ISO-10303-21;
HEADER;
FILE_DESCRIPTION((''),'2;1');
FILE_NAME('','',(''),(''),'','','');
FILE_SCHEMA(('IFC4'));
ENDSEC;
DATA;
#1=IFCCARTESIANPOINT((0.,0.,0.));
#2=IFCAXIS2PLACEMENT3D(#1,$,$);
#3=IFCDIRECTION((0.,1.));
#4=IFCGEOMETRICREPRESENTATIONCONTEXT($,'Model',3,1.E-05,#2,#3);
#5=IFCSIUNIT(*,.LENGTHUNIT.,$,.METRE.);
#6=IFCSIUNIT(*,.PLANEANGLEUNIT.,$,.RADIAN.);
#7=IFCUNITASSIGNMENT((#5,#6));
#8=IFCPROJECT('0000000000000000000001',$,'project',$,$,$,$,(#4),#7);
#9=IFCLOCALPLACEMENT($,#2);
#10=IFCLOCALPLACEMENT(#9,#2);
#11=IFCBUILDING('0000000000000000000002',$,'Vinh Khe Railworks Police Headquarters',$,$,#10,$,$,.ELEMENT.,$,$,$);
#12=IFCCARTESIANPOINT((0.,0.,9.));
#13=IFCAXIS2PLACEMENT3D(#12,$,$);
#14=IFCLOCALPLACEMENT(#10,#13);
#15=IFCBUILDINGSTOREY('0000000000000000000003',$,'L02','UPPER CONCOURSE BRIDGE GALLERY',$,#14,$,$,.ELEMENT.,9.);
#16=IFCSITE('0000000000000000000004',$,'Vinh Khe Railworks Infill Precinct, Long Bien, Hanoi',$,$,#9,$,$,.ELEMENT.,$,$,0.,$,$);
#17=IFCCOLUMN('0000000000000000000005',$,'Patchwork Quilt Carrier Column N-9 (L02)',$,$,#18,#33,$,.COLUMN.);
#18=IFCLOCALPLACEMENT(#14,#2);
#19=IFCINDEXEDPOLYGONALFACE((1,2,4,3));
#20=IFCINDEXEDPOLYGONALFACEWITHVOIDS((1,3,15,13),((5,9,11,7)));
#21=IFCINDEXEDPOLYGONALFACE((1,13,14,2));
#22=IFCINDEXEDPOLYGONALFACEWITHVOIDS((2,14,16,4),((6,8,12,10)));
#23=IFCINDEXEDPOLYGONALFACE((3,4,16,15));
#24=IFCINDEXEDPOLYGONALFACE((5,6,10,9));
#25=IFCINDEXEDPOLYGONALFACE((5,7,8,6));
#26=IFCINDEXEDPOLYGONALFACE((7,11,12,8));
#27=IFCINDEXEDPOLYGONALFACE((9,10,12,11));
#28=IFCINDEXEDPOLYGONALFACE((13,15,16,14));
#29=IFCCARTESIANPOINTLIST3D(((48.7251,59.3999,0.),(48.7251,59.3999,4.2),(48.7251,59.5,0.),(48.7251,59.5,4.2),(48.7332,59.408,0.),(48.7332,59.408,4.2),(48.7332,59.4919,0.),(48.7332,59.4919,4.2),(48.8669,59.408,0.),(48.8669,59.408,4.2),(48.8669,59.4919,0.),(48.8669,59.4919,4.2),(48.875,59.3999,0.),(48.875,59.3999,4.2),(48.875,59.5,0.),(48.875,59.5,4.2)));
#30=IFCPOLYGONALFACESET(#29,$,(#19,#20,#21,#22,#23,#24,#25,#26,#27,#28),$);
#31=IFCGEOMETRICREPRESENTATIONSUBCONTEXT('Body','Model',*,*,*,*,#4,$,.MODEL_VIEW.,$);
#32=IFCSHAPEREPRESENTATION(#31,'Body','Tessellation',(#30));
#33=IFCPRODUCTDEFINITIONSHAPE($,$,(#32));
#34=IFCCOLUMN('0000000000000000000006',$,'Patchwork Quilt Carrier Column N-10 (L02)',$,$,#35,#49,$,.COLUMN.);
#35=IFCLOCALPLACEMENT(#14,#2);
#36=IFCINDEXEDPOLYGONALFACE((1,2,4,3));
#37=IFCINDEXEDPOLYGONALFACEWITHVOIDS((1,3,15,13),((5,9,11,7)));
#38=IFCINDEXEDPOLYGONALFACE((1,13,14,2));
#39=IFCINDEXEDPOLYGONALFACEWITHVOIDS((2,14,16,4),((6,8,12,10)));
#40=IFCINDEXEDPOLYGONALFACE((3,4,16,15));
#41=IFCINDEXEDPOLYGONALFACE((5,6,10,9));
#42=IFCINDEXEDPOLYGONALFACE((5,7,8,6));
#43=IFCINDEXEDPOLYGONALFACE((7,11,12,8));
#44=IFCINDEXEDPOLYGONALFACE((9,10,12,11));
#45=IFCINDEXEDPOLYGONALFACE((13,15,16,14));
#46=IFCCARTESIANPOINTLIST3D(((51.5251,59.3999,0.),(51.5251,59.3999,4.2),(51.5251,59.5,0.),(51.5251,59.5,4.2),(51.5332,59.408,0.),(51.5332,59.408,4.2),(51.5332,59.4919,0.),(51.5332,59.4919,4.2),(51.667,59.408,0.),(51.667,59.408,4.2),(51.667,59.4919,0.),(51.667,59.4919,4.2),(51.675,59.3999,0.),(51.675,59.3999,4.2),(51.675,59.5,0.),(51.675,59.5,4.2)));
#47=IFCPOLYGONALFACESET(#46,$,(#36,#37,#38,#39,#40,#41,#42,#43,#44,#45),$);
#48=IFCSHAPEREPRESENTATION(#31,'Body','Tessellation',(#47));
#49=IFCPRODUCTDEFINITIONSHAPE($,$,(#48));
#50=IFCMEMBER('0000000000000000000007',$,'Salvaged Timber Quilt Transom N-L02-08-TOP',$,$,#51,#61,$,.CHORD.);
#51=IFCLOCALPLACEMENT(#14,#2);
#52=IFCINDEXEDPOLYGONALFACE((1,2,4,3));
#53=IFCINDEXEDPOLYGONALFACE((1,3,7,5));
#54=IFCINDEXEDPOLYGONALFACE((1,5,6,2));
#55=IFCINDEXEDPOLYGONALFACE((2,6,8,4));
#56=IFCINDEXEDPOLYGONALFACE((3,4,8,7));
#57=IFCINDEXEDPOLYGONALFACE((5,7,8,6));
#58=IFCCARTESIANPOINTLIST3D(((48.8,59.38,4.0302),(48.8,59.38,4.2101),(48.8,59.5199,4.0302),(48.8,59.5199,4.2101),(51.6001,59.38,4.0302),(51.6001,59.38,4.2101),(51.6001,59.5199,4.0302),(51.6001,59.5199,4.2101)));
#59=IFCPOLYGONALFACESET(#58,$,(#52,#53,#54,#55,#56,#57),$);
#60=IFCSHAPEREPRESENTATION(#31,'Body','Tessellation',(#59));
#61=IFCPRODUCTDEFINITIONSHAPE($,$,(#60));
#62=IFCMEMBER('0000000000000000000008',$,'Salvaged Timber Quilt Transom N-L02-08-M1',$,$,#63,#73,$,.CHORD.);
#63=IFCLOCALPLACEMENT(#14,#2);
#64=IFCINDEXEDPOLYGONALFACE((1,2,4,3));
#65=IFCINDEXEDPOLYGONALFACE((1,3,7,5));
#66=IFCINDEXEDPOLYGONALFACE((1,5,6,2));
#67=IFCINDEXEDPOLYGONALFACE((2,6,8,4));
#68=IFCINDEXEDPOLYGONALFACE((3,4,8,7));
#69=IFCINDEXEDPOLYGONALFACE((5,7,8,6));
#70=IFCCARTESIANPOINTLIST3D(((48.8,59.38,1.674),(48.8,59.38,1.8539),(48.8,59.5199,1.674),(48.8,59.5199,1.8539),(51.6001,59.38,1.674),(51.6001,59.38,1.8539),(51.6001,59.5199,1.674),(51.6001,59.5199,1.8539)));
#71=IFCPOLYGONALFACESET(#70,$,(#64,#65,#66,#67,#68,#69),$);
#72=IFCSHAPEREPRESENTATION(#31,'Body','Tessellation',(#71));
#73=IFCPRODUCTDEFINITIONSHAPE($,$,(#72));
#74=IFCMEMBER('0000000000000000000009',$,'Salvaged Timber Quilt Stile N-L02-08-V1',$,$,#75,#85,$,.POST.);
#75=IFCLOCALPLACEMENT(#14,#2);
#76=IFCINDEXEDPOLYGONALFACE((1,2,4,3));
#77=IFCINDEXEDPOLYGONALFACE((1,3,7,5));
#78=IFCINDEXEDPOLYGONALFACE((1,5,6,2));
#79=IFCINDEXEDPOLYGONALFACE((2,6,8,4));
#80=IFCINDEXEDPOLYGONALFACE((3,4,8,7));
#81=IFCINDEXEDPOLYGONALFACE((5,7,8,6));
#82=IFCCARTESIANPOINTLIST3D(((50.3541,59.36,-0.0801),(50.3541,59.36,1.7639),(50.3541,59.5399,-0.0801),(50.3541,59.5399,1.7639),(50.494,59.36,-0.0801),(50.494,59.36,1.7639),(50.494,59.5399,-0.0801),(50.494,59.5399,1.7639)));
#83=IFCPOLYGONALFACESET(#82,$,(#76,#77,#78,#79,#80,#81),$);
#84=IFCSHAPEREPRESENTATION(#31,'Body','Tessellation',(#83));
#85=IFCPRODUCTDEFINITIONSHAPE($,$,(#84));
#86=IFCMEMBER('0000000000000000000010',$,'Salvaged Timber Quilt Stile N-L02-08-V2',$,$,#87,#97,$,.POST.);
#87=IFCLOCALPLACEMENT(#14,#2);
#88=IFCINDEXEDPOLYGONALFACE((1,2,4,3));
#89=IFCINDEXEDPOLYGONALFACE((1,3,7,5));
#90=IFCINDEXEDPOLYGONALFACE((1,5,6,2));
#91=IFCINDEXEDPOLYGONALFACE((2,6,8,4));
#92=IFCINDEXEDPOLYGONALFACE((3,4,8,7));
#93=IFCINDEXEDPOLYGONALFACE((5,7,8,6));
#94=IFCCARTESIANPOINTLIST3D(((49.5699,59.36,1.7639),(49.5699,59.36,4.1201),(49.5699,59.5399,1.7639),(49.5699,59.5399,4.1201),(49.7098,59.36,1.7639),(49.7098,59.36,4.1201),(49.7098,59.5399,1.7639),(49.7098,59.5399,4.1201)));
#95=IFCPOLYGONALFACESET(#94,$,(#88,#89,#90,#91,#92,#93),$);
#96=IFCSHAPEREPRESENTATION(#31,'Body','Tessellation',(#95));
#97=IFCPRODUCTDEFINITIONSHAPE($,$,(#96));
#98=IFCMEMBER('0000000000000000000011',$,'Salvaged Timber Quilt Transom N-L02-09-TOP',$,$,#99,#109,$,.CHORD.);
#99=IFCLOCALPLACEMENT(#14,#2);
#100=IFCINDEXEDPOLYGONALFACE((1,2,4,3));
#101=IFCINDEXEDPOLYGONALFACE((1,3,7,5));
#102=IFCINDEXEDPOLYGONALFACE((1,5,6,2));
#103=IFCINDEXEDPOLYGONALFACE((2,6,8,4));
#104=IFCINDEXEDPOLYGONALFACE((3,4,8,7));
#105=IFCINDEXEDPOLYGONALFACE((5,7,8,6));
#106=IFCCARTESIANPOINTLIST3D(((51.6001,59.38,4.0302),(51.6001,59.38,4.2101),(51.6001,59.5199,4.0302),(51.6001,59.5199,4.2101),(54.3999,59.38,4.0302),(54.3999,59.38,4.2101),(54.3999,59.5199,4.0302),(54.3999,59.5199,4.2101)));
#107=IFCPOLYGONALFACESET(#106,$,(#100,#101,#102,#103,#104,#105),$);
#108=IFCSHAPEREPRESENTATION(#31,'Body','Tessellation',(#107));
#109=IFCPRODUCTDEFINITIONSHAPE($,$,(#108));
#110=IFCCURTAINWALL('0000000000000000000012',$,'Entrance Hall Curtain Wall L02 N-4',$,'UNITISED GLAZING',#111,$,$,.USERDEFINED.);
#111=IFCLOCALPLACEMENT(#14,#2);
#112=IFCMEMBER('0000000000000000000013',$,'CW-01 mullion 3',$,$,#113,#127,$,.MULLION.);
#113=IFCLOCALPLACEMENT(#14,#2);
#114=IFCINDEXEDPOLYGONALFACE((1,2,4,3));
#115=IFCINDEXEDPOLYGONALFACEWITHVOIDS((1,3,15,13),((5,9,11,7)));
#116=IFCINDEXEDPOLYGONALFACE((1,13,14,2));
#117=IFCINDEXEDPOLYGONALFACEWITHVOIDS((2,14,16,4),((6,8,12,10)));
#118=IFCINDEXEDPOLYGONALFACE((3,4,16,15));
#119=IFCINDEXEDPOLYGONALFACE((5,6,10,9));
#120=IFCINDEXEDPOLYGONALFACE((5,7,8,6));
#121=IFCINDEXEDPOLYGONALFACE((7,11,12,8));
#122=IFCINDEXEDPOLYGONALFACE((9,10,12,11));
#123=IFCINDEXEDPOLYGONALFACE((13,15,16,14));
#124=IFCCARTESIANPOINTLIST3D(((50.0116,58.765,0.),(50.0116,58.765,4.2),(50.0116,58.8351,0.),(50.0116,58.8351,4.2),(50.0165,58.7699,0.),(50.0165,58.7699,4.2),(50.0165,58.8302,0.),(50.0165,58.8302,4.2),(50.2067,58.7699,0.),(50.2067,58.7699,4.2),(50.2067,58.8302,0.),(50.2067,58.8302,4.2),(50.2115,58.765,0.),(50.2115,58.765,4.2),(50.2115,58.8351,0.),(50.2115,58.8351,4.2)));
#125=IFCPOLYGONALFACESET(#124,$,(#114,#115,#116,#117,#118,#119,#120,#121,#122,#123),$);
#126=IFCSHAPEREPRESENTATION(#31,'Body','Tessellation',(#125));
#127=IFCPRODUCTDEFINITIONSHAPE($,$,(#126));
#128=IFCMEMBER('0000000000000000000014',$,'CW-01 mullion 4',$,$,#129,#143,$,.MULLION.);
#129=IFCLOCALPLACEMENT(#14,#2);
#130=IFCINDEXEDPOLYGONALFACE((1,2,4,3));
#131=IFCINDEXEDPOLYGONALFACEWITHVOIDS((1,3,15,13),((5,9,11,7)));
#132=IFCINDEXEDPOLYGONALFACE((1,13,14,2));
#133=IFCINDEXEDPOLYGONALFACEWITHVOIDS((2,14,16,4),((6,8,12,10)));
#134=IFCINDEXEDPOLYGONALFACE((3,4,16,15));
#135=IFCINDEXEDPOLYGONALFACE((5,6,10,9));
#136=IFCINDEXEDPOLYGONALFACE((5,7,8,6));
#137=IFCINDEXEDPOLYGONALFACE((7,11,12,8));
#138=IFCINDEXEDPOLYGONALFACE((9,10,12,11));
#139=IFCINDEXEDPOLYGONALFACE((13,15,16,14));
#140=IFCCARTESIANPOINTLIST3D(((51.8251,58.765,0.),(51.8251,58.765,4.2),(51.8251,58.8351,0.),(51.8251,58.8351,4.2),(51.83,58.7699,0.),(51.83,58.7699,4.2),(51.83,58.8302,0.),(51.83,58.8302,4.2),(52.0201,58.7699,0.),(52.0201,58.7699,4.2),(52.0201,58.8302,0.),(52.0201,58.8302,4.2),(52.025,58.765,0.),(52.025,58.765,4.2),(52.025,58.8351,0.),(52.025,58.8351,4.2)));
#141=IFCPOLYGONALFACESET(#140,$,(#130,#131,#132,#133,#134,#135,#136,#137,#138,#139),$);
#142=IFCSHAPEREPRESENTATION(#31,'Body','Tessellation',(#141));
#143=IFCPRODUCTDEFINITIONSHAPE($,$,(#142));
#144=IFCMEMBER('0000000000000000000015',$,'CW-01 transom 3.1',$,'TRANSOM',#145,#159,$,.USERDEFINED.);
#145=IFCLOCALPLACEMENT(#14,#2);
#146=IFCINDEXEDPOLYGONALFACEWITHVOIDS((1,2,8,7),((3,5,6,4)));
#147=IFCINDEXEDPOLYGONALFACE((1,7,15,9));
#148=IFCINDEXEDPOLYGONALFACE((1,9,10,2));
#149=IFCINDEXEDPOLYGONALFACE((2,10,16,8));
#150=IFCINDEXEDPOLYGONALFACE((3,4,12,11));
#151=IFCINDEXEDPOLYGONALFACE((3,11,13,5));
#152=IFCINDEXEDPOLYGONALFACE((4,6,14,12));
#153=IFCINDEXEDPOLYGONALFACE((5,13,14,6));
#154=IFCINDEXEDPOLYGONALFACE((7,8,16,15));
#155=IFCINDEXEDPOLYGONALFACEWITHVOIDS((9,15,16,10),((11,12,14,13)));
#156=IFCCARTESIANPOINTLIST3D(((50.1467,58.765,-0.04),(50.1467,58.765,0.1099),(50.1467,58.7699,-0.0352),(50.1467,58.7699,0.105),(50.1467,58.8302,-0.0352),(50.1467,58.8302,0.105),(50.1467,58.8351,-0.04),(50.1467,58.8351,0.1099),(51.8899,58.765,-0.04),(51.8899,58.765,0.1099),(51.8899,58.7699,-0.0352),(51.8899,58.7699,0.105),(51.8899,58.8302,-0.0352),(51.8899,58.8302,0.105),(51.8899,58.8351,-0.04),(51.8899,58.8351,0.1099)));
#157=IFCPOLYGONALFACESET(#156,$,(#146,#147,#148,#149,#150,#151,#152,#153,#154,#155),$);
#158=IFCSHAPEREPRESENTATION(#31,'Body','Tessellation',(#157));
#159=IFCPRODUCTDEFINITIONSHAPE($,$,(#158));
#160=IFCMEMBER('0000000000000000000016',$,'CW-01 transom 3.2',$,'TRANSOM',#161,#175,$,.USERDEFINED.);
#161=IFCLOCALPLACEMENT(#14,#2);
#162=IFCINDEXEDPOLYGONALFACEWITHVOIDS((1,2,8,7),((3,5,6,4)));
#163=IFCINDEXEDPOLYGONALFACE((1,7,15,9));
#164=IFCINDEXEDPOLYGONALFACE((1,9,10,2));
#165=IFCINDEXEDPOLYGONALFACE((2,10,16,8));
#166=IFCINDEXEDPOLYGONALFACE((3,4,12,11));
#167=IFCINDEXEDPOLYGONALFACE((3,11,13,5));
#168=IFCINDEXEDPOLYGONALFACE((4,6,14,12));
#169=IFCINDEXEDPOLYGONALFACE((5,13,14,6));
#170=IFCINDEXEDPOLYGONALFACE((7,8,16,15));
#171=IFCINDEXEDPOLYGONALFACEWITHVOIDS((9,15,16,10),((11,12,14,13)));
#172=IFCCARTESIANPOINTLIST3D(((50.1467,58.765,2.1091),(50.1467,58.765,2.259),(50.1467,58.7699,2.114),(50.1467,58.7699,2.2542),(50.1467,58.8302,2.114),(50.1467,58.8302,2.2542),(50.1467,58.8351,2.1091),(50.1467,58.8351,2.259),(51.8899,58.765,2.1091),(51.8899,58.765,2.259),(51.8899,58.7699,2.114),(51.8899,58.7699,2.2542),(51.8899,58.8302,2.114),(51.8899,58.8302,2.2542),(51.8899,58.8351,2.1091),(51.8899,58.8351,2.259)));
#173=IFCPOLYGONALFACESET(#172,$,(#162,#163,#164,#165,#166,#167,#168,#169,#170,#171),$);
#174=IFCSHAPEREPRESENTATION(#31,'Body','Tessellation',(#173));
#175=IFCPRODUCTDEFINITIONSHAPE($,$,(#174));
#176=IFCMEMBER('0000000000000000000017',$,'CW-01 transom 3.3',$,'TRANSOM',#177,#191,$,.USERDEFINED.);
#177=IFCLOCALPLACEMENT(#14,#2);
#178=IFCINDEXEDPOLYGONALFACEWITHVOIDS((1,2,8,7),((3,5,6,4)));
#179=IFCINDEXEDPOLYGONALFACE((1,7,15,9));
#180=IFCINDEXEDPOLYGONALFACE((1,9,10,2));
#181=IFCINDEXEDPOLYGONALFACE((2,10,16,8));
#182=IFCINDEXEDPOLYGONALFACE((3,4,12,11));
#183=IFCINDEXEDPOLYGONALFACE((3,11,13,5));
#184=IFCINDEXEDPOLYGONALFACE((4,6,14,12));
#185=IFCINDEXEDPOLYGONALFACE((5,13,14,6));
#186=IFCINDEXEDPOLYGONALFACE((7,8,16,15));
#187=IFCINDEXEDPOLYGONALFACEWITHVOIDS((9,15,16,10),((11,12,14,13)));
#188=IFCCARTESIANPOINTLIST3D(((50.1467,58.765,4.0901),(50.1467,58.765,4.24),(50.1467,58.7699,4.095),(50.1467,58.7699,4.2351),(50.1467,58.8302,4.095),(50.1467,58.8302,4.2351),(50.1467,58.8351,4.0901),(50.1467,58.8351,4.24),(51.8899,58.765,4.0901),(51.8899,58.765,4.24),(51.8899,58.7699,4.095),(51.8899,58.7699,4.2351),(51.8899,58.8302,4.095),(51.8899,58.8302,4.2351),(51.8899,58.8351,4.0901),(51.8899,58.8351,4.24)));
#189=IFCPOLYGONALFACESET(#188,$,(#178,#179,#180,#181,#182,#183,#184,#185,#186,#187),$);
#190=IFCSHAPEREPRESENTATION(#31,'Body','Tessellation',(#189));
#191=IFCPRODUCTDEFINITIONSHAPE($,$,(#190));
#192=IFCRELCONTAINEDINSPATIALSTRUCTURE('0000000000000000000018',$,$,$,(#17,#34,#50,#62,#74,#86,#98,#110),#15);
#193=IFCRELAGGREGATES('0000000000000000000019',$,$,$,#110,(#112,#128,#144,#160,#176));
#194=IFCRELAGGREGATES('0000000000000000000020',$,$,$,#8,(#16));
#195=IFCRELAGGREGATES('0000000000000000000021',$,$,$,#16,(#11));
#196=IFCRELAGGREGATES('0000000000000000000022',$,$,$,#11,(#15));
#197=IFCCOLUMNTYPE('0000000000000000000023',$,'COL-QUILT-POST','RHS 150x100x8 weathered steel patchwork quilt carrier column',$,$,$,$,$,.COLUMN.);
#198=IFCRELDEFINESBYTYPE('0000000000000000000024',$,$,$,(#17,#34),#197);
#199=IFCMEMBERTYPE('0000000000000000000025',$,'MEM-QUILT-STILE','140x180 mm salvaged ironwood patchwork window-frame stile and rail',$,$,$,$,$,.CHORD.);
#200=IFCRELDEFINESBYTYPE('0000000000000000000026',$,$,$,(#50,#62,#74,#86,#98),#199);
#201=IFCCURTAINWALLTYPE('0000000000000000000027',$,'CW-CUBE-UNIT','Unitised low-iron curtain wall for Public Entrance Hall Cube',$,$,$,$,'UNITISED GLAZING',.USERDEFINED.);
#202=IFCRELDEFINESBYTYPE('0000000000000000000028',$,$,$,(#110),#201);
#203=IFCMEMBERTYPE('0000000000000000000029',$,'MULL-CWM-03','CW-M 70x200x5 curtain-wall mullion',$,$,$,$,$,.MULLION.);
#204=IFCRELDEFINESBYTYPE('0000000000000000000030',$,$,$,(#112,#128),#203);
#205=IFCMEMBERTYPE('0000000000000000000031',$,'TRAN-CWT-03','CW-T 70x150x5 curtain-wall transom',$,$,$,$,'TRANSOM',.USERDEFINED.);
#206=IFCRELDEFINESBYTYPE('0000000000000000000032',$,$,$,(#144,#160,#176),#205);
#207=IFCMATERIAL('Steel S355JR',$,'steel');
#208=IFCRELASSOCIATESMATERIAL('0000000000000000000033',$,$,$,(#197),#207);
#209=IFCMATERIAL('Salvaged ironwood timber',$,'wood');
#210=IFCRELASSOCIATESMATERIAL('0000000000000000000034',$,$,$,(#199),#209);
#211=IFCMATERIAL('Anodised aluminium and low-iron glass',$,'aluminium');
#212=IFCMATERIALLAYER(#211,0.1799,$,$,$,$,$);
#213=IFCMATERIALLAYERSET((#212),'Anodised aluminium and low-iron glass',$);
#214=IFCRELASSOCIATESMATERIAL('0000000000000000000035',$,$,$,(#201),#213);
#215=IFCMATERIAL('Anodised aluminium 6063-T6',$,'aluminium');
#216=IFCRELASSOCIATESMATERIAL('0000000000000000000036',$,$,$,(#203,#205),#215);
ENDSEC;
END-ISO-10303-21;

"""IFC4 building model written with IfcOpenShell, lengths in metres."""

from ifc_helpers import new_model, si_unit, direction, frame, origin, origin_2d, place, context, subcontext, project, spatial, rectangle, hollow_rectangle, extrude, material, layer, layer_set, material_profile, profile_set, type_object, element, aggregate, save


model = new_model("IFC4")

# Units and contexts
model_context = context("Model", 3, precision=1e-05, world=origin(), true_north=direction((0.0, 1.0)))
body_context = subcontext(model_context, "Body", "Model", "MODEL_VIEW")
ifc_project = project(units=[si_unit("LENGTHUNIT", "METRE"), si_unit("PLANEANGLEUNIT", "RADIAN")], contexts=[model_context])

# Site, building, storey
site_placement = place(None, origin())
site = spatial("IfcSite", under=ifc_project, at=site_placement, Name="Vinh Khe Railworks Infill Precinct, Long Bien, Hanoi", CompositionType="ELEMENT", RefElevation=0.0)
building_placement = place(site_placement, origin())
building = spatial("IfcBuilding", under=site, at=building_placement, Name="Vinh Khe Railworks Police Headquarters", CompositionType="ELEMENT")
storey_placement = place(building_placement, frame((0.0, 0.0, 9.0)))
storey = spatial("IfcBuildingStorey", under=building, at=storey_placement, Name="L02", Description="UPPER CONCOURSE BRIDGE GALLERY", CompositionType="ELEMENT", Elevation=9.0)

# Columns
ifc_material_1 = material(Name="Steel S355JR", Category="steel")
ifc_material_profile_1 = material_profile(ifc_material_1, hollow_rectangle(XDim=0.1499, YDim=0.1001, WallThickness=0.0081, at=origin_2d()), Name="RHS 150x100x8")
ifc_profile_set_1 = profile_set([ifc_material_profile_1], Name="Steel S355JR")
column_type = type_object("IfcColumnType", Name="COL-QUILT-POST", Description="RHS 150x100x8 weathered steel patchwork quilt carrier column", PredefinedType="COLUMN", material=ifc_profile_set_1)
for number, where, z_axis, x_axis, name in (
    (1, (48.8, 59.45, 0.0), (0.0, 0.0, 1.0), (1.0, 0.0, 0.0), "Patchwork Quilt Carrier Column N-9 (L02)"),
    (2, (51.6001, 59.45, 0.0), (0.0, 0.0, 1.0), (1.0, 0.0, 0.0), "Patchwork Quilt Carrier Column N-10 (L02)"),
):
    element("IfcColumn", number, at=place(storey_placement, frame(where, z_axis=z_axis, x_axis=x_axis)), inside=storey, type_object=column_type, Name=name, PredefinedType="COLUMN", context=body_context, shape_type="SweptSolid", body=[
        extrude(hollow_rectangle(XDim=0.1499, YDim=0.1001, WallThickness=0.0081, at=origin_2d()), origin(), (0.0, 0.0, 1.0), 4.2),
    ])

# Members
ifc_material_2 = material(Name="Salvaged ironwood timber", Category="wood")
ifc_material_profile_2 = material_profile(ifc_material_2, rectangle(XDim=0.1399, YDim=0.1799, at=origin_2d()), Name="TIMBER 140x180")
ifc_profile_set_2 = profile_set([ifc_material_profile_2], Name="Salvaged ironwood timber")
member_type_1 = type_object("IfcMemberType", Name="MEM-QUILT-STILE", Description="140x180 mm salvaged ironwood patchwork window-frame stile and rail", PredefinedType="CHORD", material=ifc_profile_set_2)
for number, where, z_axis, x_axis, name in (
    (3, (48.8, 59.45, 4.1201), (1.0, 0.0, 0.0), (0.0, 1.0, 0.0), "Salvaged Timber Quilt Transom N-L02-08-TOP"),
    (4, (48.8, 59.45, 1.7639), (1.0, 0.0, 0.0), (0.0, 1.0, 0.0), "Salvaged Timber Quilt Transom N-L02-08-M1"),
):
    element("IfcMember", number, at=place(storey_placement, frame(where, z_axis=z_axis, x_axis=x_axis)), inside=storey, type_object=member_type_1, Name=name, PredefinedType="CHORD", context=body_context, shape_type="SweptSolid", body=[
        extrude(rectangle(XDim=0.1399, YDim=0.1799, at=origin_2d()), origin(), (0.0, 0.0, 1.0), 2.8),
    ])
member_1_placement = place(storey_placement, frame((50.4241, 59.45, -0.0801), z_axis=(0.0, 0.0, 1.0), x_axis=(1.0, 0.0, 0.0)))
element("IfcMember", 5, at=member_1_placement, inside=storey, type_object=member_type_1, Name="Salvaged Timber Quilt Stile N-L02-08-V1", PredefinedType="POST", context=body_context, shape_type="SweptSolid", body=[
    extrude(rectangle(XDim=0.1399, YDim=0.1799, at=origin_2d()), origin(), (0.0, 0.0, 1.0), 1.844),
])
member_2_placement = place(storey_placement, frame((49.6399, 59.45, 1.7639), z_axis=(0.0, 0.0, 1.0), x_axis=(1.0, 0.0, 0.0)))
element("IfcMember", 6, at=member_2_placement, inside=storey, type_object=member_type_1, Name="Salvaged Timber Quilt Stile N-L02-08-V2", PredefinedType="POST", context=body_context, shape_type="SweptSolid", body=[
    extrude(rectangle(XDim=0.1399, YDim=0.1799, at=origin_2d()), origin(), (0.0, 0.0, 1.0), 2.3562),
])
member_3_placement = place(storey_placement, frame((51.6001, 59.45, 4.1201), z_axis=(1.0, 0.0, 0.0), x_axis=(0.0, 1.0, 0.0)))
element("IfcMember", 7, at=member_3_placement, inside=storey, type_object=member_type_1, Name="Salvaged Timber Quilt Transom N-L02-09-TOP", PredefinedType="CHORD", context=body_context, shape_type="SweptSolid", body=[
    extrude(rectangle(XDim=0.1399, YDim=0.1799, at=origin_2d()), origin(), (0.0, 0.0, 1.0), 2.7998),
])

# Curtain wall, members
ifc_material_3 = material(Name="Anodised aluminium and low-iron glass", Category="aluminium")
ifc_layer_1 = layer(ifc_material_3, 0.1799)
ifc_layer_set_1 = layer_set([ifc_layer_1], Name="Anodised aluminium and low-iron glass")
curtain_wall_type = type_object("IfcCurtainWallType", Name="CW-CUBE-UNIT", Description="Unitised low-iron curtain wall for Public Entrance Hall Cube", ElementType="UNITISED GLAZING", PredefinedType="USERDEFINED", material=ifc_layer_set_1)
curtain_wall_placement = place(storey_placement, origin())
curtain_wall = element("IfcCurtainWall", 8, at=curtain_wall_placement, inside=storey, type_object=curtain_wall_type, Name="Entrance Hall Curtain Wall L02 N-4", ObjectType="UNITISED GLAZING", PredefinedType="USERDEFINED")
ifc_material_4 = material(Name="Anodised aluminium 6063-T6", Category="aluminium")
ifc_material_profile_3 = material_profile(ifc_material_4, hollow_rectangle(XDim=0.0701, YDim=0.2, WallThickness=0.0049, at=origin_2d()), Name="CW-M 70x200x5")
ifc_profile_set_3 = profile_set([ifc_material_profile_3], Name="Anodised aluminium 6063-T6")
member_type_2 = type_object("IfcMemberType", Name="MULL-CWM-03", Description="CW-M 70x200x5 curtain-wall mullion", PredefinedType="MULLION", material=ifc_profile_set_3)
member_4_placement = place(storey_placement, frame((50.1116, 58.8, 0.0), z_axis=(0.0, 0.0, 1.0), x_axis=(0.0, 1.0, 0.0)))
member_4 = element("IfcMember", 9, at=member_4_placement, type_object=member_type_2, Name="CW-01 mullion 3", PredefinedType="MULLION", context=body_context, shape_type="SweptSolid", body=[
    extrude(hollow_rectangle(XDim=0.0701, YDim=0.2, WallThickness=0.0049, at=origin_2d()), origin(), (0.0, 0.0, 1.0), 4.2),
])
member_5_placement = place(storey_placement, frame((51.925, 58.8, 0.0), z_axis=(0.0, 0.0, 1.0), x_axis=(0.0, 1.0, 0.0)))
member_5 = element("IfcMember", 10, at=member_5_placement, type_object=member_type_2, Name="CW-01 mullion 4", PredefinedType="MULLION", context=body_context, shape_type="SweptSolid", body=[
    extrude(hollow_rectangle(XDim=0.0701, YDim=0.2, WallThickness=0.0049, at=origin_2d()), origin(), (0.0, 0.0, 1.0), 4.2),
])
ifc_material_profile_4 = material_profile(ifc_material_4, hollow_rectangle(XDim=0.0701, YDim=0.1499, WallThickness=0.0049, at=origin_2d()), Name="CW-T 70x150x5")
ifc_profile_set_4 = profile_set([ifc_material_profile_4], Name="Anodised aluminium 6063-T6")
member_type_3 = type_object("IfcMemberType", Name="TRAN-CWT-03", Description="CW-T 70x150x5 curtain-wall transom", ElementType="TRANSOM", PredefinedType="USERDEFINED", material=ifc_profile_set_4)
member_6_placement = place(storey_placement, frame((50.1467, 58.8, 0.0349), z_axis=(1.0, 0.0, 0.0), x_axis=(0.0, 1.0, 0.0)))
member_6 = element("IfcMember", 11, at=member_6_placement, type_object=member_type_3, Name="CW-01 transom 3.1", ObjectType="TRANSOM", PredefinedType="USERDEFINED", context=body_context, shape_type="SweptSolid", body=[
    extrude(hollow_rectangle(XDim=0.0701, YDim=0.1499, WallThickness=0.0049, at=origin_2d()), origin(), (0.0, 0.0, 1.0), 1.7432),
])
member_7_placement = place(storey_placement, frame((50.1467, 58.8, 2.1841), z_axis=(1.0, 0.0, 0.0), x_axis=(0.0, 1.0, 0.0)))
member_7 = element("IfcMember", 12, at=member_7_placement, type_object=member_type_3, Name="CW-01 transom 3.2", ObjectType="TRANSOM", PredefinedType="USERDEFINED", context=body_context, shape_type="SweptSolid", body=[
    extrude(hollow_rectangle(XDim=0.0701, YDim=0.1499, WallThickness=0.0049, at=origin_2d()), origin(), (0.0, 0.0, 1.0), 1.7432),
])
member_8_placement = place(storey_placement, frame((50.1467, 58.8, 4.165), z_axis=(1.0, 0.0, 0.0), x_axis=(0.0, 1.0, 0.0)))
member_8 = element("IfcMember", 13, at=member_8_placement, type_object=member_type_3, Name="CW-01 transom 3.3", ObjectType="TRANSOM", PredefinedType="USERDEFINED", context=body_context, shape_type="SweptSolid", body=[
    extrude(hollow_rectangle(XDim=0.0701, YDim=0.1499, WallThickness=0.0049, at=origin_2d()), origin(), (0.0, 0.0, 1.0), 1.7432),
])
aggregate(curtain_wall, [member_4, member_5, member_6, member_7, member_8])

save(model, "model.ifc")
